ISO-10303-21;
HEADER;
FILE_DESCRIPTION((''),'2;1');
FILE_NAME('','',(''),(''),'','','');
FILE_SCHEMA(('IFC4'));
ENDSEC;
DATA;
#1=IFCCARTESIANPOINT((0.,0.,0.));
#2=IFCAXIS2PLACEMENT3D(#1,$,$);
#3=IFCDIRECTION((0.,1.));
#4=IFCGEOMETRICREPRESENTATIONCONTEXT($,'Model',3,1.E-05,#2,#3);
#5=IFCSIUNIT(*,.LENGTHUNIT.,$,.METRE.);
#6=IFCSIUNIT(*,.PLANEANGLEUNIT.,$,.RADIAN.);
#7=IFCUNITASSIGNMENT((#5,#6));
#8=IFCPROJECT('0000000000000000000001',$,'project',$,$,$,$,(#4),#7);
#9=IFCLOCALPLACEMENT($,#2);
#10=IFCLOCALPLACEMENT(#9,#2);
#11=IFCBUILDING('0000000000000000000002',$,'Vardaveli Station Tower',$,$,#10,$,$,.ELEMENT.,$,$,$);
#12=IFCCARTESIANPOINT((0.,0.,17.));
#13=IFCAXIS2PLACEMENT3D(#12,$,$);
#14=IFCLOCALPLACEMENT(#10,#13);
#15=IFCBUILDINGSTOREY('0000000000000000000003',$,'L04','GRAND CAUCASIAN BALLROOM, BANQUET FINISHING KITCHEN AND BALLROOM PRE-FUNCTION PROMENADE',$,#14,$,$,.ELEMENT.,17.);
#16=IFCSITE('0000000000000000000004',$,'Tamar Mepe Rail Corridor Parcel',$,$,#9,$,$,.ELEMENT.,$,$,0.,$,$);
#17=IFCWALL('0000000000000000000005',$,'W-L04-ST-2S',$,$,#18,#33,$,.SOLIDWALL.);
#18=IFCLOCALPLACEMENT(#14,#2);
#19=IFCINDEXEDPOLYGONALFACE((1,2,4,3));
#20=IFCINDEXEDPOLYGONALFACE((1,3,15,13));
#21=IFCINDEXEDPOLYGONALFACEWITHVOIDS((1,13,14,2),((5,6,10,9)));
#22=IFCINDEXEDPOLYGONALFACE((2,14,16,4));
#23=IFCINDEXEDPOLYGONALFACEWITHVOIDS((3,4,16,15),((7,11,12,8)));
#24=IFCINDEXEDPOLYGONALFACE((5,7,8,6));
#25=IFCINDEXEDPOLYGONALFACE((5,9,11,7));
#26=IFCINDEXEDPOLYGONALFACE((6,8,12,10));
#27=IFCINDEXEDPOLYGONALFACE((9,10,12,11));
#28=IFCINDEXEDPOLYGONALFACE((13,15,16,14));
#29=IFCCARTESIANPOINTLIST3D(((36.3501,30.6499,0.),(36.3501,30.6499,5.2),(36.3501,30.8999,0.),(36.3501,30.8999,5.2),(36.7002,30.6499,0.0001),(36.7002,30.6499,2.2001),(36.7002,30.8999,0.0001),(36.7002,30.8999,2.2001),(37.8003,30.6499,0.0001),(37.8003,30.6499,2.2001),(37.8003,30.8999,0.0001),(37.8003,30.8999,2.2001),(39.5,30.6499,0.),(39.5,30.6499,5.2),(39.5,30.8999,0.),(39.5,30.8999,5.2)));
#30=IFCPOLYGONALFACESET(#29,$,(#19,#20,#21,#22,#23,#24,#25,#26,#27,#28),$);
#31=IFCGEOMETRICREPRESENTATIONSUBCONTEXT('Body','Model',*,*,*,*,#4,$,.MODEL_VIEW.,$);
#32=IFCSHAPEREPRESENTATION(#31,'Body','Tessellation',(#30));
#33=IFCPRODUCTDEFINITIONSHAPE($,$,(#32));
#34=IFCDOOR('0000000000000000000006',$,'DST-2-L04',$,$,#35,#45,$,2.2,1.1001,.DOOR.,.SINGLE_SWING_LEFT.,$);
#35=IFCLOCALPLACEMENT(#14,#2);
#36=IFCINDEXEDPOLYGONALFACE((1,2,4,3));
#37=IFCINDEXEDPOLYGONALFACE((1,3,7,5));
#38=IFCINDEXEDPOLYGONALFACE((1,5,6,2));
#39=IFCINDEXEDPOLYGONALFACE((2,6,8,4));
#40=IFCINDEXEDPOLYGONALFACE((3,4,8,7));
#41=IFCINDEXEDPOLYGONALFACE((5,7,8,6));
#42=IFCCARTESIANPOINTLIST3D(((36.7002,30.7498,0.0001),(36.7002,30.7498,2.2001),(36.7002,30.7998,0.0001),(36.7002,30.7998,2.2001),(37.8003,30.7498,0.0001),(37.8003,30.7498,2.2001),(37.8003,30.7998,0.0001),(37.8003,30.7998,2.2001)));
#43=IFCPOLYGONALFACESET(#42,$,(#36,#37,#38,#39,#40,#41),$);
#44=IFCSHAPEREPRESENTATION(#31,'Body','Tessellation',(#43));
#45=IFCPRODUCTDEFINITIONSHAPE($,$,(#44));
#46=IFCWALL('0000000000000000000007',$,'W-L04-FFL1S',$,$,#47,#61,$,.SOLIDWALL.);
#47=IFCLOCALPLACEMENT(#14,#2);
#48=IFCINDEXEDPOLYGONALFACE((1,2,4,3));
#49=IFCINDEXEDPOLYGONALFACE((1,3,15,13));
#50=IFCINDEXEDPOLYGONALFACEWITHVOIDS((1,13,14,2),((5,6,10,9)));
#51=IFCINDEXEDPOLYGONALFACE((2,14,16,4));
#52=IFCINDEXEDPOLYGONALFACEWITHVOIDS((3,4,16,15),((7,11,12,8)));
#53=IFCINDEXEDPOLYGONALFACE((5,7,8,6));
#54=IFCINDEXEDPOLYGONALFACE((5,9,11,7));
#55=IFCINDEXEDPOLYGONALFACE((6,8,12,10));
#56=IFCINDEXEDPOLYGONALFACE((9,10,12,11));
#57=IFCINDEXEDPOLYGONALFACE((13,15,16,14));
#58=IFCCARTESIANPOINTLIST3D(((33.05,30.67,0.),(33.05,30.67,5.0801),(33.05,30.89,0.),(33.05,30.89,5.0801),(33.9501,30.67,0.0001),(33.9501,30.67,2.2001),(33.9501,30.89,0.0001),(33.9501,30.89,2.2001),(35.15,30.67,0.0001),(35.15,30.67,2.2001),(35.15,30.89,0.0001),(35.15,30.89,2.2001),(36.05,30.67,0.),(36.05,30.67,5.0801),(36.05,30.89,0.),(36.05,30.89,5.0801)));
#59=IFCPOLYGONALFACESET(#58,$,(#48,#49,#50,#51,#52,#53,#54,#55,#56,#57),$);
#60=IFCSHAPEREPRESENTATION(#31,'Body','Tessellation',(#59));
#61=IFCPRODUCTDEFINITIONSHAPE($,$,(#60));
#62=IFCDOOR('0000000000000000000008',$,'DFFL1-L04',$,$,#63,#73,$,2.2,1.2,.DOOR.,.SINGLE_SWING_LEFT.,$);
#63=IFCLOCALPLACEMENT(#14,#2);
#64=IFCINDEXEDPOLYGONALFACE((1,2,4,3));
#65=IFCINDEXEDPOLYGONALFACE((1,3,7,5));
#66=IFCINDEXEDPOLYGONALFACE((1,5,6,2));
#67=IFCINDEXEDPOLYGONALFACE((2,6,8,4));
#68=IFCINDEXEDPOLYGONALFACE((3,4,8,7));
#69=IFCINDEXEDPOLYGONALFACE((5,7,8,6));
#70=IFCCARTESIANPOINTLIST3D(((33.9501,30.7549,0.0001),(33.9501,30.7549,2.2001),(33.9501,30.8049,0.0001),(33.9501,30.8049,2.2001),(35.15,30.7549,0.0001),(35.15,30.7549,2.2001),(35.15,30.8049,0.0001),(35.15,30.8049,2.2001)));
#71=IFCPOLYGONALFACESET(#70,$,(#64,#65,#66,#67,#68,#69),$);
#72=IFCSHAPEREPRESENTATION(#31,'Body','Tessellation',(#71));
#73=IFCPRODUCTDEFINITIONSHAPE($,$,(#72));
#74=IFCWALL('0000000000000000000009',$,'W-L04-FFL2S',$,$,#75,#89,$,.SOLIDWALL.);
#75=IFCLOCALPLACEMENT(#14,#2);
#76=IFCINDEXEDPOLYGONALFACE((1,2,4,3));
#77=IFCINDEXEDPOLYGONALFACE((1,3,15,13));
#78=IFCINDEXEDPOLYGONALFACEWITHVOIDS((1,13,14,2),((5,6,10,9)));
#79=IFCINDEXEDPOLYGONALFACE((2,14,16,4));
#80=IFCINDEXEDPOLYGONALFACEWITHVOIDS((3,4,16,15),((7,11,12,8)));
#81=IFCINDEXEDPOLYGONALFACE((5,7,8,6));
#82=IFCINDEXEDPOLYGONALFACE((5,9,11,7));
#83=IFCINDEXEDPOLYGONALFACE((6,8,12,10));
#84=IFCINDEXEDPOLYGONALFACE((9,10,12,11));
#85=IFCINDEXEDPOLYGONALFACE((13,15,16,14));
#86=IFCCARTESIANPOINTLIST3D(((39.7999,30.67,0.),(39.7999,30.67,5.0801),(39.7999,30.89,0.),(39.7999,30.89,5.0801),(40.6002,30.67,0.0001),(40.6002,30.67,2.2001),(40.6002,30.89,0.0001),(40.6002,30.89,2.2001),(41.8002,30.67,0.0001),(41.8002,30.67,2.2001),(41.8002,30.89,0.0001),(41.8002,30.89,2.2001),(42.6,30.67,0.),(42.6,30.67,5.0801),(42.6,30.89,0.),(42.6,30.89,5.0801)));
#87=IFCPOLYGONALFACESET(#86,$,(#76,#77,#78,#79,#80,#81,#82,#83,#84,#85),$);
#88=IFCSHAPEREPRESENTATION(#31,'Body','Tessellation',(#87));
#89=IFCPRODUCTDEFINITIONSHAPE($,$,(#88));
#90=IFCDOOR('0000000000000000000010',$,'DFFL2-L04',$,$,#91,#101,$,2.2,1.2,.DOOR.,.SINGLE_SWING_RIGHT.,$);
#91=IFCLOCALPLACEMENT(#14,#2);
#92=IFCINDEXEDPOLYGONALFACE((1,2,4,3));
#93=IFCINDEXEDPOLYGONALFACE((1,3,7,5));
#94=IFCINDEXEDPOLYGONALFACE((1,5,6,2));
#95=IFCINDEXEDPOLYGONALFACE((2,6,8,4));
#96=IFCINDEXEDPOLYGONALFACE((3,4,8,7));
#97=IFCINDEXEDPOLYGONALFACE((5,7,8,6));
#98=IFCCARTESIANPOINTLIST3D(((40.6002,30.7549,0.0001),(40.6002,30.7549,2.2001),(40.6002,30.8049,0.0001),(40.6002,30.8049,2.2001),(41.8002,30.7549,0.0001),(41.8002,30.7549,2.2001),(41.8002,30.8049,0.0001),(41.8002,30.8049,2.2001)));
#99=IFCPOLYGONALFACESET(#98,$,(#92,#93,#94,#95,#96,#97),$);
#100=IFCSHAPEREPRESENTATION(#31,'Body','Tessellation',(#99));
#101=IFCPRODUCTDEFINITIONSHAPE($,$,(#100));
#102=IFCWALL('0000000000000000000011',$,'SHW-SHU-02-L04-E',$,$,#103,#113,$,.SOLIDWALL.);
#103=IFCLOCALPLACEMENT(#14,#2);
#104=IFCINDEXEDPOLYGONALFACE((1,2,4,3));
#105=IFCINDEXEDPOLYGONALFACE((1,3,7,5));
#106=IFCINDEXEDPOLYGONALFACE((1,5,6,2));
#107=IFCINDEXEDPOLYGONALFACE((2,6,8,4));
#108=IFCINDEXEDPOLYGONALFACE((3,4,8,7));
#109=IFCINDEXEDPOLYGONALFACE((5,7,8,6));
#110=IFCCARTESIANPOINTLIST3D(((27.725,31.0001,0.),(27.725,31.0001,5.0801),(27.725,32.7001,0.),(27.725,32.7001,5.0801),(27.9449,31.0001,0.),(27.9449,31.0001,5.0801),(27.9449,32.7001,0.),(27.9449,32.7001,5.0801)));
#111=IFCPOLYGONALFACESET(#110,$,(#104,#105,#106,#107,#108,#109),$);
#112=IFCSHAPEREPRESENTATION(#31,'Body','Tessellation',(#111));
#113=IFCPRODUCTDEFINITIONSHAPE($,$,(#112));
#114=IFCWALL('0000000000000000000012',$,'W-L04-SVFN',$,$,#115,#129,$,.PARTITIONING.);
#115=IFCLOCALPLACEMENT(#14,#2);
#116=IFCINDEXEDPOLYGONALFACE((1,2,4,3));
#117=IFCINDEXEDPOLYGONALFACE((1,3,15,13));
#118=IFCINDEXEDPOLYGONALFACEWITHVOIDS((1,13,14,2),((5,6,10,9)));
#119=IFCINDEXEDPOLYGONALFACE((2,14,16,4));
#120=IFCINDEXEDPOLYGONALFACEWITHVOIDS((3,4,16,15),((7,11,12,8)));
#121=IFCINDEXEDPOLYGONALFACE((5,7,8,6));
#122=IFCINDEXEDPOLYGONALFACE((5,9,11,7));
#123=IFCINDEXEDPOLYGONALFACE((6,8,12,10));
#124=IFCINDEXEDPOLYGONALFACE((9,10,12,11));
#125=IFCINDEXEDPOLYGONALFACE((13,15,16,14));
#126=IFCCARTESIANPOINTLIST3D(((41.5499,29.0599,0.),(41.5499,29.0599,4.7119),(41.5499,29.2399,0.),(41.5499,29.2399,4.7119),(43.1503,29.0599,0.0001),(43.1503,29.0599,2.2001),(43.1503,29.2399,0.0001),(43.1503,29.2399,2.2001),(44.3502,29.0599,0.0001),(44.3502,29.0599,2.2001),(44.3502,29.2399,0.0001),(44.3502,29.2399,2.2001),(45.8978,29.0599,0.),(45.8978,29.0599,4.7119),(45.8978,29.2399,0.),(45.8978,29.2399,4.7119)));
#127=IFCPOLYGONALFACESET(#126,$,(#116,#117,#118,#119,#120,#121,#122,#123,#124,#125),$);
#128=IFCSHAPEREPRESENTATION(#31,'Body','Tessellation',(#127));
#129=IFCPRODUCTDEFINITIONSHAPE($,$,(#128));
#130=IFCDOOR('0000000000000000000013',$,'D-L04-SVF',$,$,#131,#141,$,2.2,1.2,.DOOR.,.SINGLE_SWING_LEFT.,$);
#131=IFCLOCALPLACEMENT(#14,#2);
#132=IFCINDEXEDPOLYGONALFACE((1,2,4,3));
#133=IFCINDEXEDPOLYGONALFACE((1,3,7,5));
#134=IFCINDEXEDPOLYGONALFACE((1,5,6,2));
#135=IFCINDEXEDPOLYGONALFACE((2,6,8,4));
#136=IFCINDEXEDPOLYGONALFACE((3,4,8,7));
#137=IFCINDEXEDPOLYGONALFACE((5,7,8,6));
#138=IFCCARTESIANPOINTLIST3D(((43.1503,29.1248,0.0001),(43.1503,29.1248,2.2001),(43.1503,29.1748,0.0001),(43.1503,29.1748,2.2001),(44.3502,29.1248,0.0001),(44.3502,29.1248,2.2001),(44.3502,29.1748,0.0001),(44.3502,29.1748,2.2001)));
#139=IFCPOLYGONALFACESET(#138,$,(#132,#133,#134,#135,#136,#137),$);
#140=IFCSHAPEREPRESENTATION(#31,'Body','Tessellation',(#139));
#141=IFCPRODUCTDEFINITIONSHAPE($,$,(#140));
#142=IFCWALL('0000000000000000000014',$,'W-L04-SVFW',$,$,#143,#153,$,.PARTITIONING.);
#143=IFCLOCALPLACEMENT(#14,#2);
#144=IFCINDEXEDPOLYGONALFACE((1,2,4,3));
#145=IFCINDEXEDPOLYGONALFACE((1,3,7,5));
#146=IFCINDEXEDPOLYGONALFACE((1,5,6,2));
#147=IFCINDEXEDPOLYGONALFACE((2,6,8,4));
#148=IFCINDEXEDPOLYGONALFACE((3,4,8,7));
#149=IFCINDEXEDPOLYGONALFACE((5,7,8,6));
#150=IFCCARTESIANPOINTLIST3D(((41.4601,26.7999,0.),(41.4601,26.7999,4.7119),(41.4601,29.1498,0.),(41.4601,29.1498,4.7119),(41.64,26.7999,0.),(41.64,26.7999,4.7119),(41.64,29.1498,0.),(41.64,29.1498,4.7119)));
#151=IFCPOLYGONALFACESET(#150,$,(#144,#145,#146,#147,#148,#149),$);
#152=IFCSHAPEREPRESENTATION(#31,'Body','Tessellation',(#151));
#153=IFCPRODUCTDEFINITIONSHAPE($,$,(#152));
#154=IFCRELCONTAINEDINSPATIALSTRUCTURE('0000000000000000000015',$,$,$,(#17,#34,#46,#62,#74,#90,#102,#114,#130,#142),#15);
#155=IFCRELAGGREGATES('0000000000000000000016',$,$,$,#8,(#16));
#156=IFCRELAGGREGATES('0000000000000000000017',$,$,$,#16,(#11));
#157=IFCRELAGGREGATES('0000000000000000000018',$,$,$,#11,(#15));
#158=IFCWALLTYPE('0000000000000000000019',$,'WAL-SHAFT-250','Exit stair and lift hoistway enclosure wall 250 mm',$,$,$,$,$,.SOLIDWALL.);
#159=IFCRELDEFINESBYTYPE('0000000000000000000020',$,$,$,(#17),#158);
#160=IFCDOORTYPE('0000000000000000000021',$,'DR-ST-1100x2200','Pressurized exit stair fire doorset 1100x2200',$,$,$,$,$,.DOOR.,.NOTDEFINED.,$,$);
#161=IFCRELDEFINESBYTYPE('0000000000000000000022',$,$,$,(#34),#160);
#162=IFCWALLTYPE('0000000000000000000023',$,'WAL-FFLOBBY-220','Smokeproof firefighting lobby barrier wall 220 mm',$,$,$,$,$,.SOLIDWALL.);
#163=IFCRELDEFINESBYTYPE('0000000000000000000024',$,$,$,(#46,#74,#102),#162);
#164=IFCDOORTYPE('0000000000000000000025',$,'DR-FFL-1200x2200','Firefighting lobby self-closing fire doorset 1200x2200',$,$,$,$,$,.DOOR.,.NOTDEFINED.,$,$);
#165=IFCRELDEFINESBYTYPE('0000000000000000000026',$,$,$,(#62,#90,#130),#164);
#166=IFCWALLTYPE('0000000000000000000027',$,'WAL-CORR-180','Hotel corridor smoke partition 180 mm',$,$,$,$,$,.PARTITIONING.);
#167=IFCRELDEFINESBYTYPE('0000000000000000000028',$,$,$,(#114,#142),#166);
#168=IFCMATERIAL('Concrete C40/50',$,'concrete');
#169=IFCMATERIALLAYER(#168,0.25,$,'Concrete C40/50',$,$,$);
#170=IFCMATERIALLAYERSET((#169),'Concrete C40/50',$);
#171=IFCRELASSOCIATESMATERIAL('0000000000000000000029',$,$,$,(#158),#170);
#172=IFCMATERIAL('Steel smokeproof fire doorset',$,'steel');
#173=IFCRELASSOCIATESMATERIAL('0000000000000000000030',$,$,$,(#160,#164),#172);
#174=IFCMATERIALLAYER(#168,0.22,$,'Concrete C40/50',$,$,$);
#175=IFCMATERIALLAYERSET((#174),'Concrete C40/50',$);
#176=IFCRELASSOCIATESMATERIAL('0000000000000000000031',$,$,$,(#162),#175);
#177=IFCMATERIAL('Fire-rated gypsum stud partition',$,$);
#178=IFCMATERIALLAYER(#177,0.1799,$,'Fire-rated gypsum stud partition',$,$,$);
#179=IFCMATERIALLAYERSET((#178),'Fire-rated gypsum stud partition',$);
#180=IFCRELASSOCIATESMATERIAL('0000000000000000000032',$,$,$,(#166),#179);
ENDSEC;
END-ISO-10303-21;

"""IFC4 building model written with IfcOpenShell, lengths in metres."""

from ifc_helpers import new_model, si_unit, direction, frame, frame_2d, origin, place, context, subcontext, project, spatial, rectangle, extrude, source, transform, mapped, material, layer, layer_set, type_object, element, fill, save


model = new_model("IFC4")

# Units and contexts
model_context = context("Model", 3, precision=1e-05, world=origin(), true_north=direction((0.0, 1.0)))
body_context = subcontext(model_context, "Body", "Model", "MODEL_VIEW")
ifc_project = project(units=[si_unit("LENGTHUNIT", "METRE"), si_unit("PLANEANGLEUNIT", "RADIAN")], contexts=[model_context])

# Site, building, storey
site_placement = place(None, origin())
site = spatial("IfcSite", under=ifc_project, at=site_placement, Name="Tamar Mepe Rail Corridor Parcel", CompositionType="ELEMENT", RefElevation=0.0)
building_placement = place(site_placement, origin())
building = spatial("IfcBuilding", under=site, at=building_placement, Name="Vardaveli Station Tower", CompositionType="ELEMENT")
storey_placement = place(building_placement, frame((0.0, 0.0, 17.0)))
storey = spatial("IfcBuildingStorey", under=building, at=storey_placement, Name="L04", Description="GRAND CAUCASIAN BALLROOM, BANQUET FINISHING KITCHEN AND BALLROOM PRE-FUNCTION PROMENADE", CompositionType="ELEMENT", Elevation=17.0)

# Shared definitions
ifc_material_1 = material(Name="Concrete C40/50", Category="concrete")
ifc_layer_1 = layer(ifc_material_1, 0.25, Name="Concrete C40/50")
ifc_layer_set_1 = layer_set([ifc_layer_1], Name="Concrete C40/50")
wall_type_1 = type_object("IfcWallType", Name="WAL-SHAFT-250", Description="Exit stair and lift hoistway enclosure wall 250 mm", PredefinedType="SOLIDWALL", material=ifc_layer_set_1)

# Walls, openings, doors
shared_shape_1 = source(origin(), body_context, "Body", "SweptSolid", [
    extrude(rectangle(XDim=3.1499, YDim=0.25, at=frame_2d((1.575, 0.0))), origin(), (0.0, 0.0, 1.0), 5.2),
])
shared_shape_2 = source(origin(), body_context, "Body", "SweptSolid", [
    extrude(rectangle(XDim=1.1001, YDim=2.2, at=frame_2d((0.55, 1.1001))), frame((0.0, 0.135, 0.0), z_axis=(0.0, -1.0, 0.0), x_axis=(1.0, 0.0, 0.0)), (0.0, 0.0, 1.0), 0.27),
])
ifc_material_2 = material(Name="Steel smokeproof fire doorset", Category="steel")
door_type_1 = type_object("IfcDoorType", Name="DR-ST-1100x2200", Description="Pressurized exit stair fire doorset 1100x2200", OperationType="NOTDEFINED", PredefinedType="DOOR", material=ifc_material_2)
shared_shape_3 = source(origin(), body_context, "Body", "SweptSolid", [
    extrude(rectangle(XDim=1.1001, YDim=2.2, at=frame_2d((0.55, 1.1001))), frame((0.0, 0.0249, 0.0), z_axis=(0.0, -1.0, 0.0), x_axis=(1.0, 0.0, 0.0)), (0.0, 0.0, 1.0), 0.05),
])
wall_1_placement = place(storey_placement, frame((36.3501, 30.7749, 0.0), z_axis=(0.0, 0.0, 1.0), x_axis=(1.0, 0.0, 0.0)))
wall_1 = element("IfcWall", 1, at=wall_1_placement, inside=storey, type_object=wall_type_1, Name="W-L04-ST-2S", PredefinedType="SOLIDWALL", context=body_context, shape_type="MappedRepresentation", body=[
    mapped(shared_shape_1, transform((0.0, 0.0, 0.0), scale=1.0)),
])
opening_1_placement = place(wall_1_placement, frame((0.3501, 0.0, 0.0)))
opening_1 = element("IfcOpeningElement", 2, at=opening_1_placement, cuts=wall_1, PredefinedType="OPENING", context=body_context, shape_type="MappedRepresentation", body=[
    mapped(shared_shape_2, transform((0.0, 0.0, 0.0), scale=1.0)),
])
door_1_placement = place(opening_1_placement, origin())
door_1 = element("IfcDoor", 3, at=door_1_placement, inside=storey, type_object=door_type_1, Name="DST-2-L04", OperationType="SINGLE_SWING_LEFT", OverallHeight=2.2, OverallWidth=1.1001, PredefinedType="DOOR", context=body_context, shape_type="MappedRepresentation", body=[
    mapped(shared_shape_3, transform((0.0, 0.0, 0.0), scale=1.0)),
])
fill(opening_1, door_1)
ifc_layer_2 = layer(ifc_material_1, 0.22, Name="Concrete C40/50")
ifc_layer_set_2 = layer_set([ifc_layer_2], Name="Concrete C40/50")
wall_type_2 = type_object("IfcWallType", Name="WAL-FFLOBBY-220", Description="Smokeproof firefighting lobby barrier wall 220 mm", PredefinedType="SOLIDWALL", material=ifc_layer_set_2)
shared_shape_4 = source(origin(), body_context, "Body", "SweptSolid", [
    extrude(rectangle(XDim=3.0, YDim=0.22, at=frame_2d((1.5, 0.0))), origin(), (0.0, 0.0, 1.0), 5.0801),
])
wall_2_placement = place(storey_placement, frame((33.05, 30.78, 0.0), z_axis=(0.0, 0.0, 1.0), x_axis=(1.0, 0.0, 0.0)))
wall_2 = element("IfcWall", 4, at=wall_2_placement, inside=storey, type_object=wall_type_2, Name="W-L04-FFL1S", PredefinedType="SOLIDWALL", context=body_context, shape_type="MappedRepresentation", body=[
    mapped(shared_shape_4, transform((0.0, 0.0, 0.0), scale=1.0)),
])
shared_shape_5 = source(origin(), body_context, "Body", "SweptSolid", [
    extrude(rectangle(XDim=1.2, YDim=2.2, at=frame_2d((0.6001, 1.1001))), frame((0.0, 0.1201, 0.0), z_axis=(0.0, -1.0, 0.0), x_axis=(1.0, 0.0, 0.0)), (0.0, 0.0, 1.0), 0.24),
])
opening_2_placement = place(wall_2_placement, frame((0.8999, 0.0, 0.0)))
opening_2 = element("IfcOpeningElement", 5, at=opening_2_placement, cuts=wall_2, PredefinedType="OPENING", context=body_context, shape_type="MappedRepresentation", body=[
    mapped(shared_shape_5, transform((0.0, 0.0, 0.0), scale=1.0)),
])
door_type_2 = type_object("IfcDoorType", Name="DR-FFL-1200x2200", Description="Firefighting lobby self-closing fire doorset 1200x2200", OperationType="NOTDEFINED", PredefinedType="DOOR", material=ifc_material_2)
shared_shape_6 = source(origin(), body_context, "Body", "SweptSolid", [
    extrude(rectangle(XDim=1.2, YDim=2.2, at=frame_2d((0.6001, 1.1001))), frame((0.0, 0.0249, 0.0), z_axis=(0.0, -1.0, 0.0), x_axis=(1.0, 0.0, 0.0)), (0.0, 0.0, 1.0), 0.05),
])
door_2_placement = place(opening_2_placement, origin())
door_2 = element("IfcDoor", 6, at=door_2_placement, inside=storey, type_object=door_type_2, Name="DFFL1-L04", OperationType="SINGLE_SWING_LEFT", OverallHeight=2.2, OverallWidth=1.2, PredefinedType="DOOR", context=body_context, shape_type="MappedRepresentation", body=[
    mapped(shared_shape_6, transform((0.0, 0.0, 0.0), scale=1.0)),
])
fill(opening_2, door_2)
shared_shape_7 = source(origin(), body_context, "Body", "SweptSolid", [
    extrude(rectangle(XDim=2.8, YDim=0.22, at=frame_2d((1.3999, 0.0))), origin(), (0.0, 0.0, 1.0), 5.0801),
])
wall_3_placement = place(storey_placement, frame((39.8, 30.78, 0.0), z_axis=(0.0, 0.0, 1.0), x_axis=(1.0, 0.0, 0.0)))
wall_3 = element("IfcWall", 7, at=wall_3_placement, inside=storey, type_object=wall_type_2, Name="W-L04-FFL2S", PredefinedType="SOLIDWALL", context=body_context, shape_type="MappedRepresentation", body=[
    mapped(shared_shape_7, transform((0.0, 0.0, 0.0), scale=1.0)),
])
opening_3_placement = place(wall_3_placement, frame((0.8, 0.0, 0.0)))
opening_3 = element("IfcOpeningElement", 8, at=opening_3_placement, cuts=wall_3, PredefinedType="OPENING", context=body_context, shape_type="MappedRepresentation", body=[
    mapped(shared_shape_5, transform((0.0, 0.0, 0.0), scale=1.0)),
])
door_3_placement = place(opening_3_placement, origin())
door_3 = element("IfcDoor", 9, at=door_3_placement, inside=storey, type_object=door_type_2, Name="DFFL2-L04", OperationType="SINGLE_SWING_RIGHT", OverallHeight=2.2, OverallWidth=1.2, PredefinedType="DOOR", context=body_context, shape_type="MappedRepresentation", body=[
    mapped(shared_shape_6, transform((0.0, 0.0, 0.0), scale=1.0)),
])
fill(opening_3, door_3)

# Wall
shared_shape_8 = source(origin(), body_context, "Body", "SweptSolid", [
    extrude(rectangle(XDim=1.7, YDim=0.22, at=frame_2d((0.8501, 0.0))), origin(), (0.0, 0.0, 1.0), 5.0801),
])
wall_4_placement = place(storey_placement, frame((27.835, 31.0, 0.0), z_axis=(0.0, 0.0, 1.0), x_axis=(0.0, 1.0, 0.0)))
element("IfcWall", 10, at=wall_4_placement, inside=storey, type_object=wall_type_2, Name="SHW-SHU-02-L04-E", PredefinedType="SOLIDWALL", context=body_context, shape_type="MappedRepresentation", body=[
    mapped(shared_shape_8, transform((0.0, 0.0, 0.0), scale=1.0)),
])

# Wall, opening, door
ifc_material_3 = material(Name="Fire-rated gypsum stud partition")
ifc_layer_3 = layer(ifc_material_3, 0.1799, Name="Fire-rated gypsum stud partition")
ifc_layer_set_3 = layer_set([ifc_layer_3], Name="Fire-rated gypsum stud partition")
wall_type_3 = type_object("IfcWallType", Name="WAL-CORR-180", Description="Hotel corridor smoke partition 180 mm", PredefinedType="PARTITIONING", material=ifc_layer_set_3)
shared_shape_9 = source(origin(), body_context, "Body", "SweptSolid", [
    extrude(rectangle(XDim=4.3479, YDim=0.1799, at=frame_2d((2.1738, 0.0))), origin(), (0.0, 0.0, 1.0), 4.7119),
])
wall_5_placement = place(storey_placement, frame((41.55, 29.1499, 0.0), z_axis=(0.0, 0.0, 1.0), x_axis=(1.0, 0.0, 0.0)))
wall_5 = element("IfcWall", 11, at=wall_5_placement, inside=storey, type_object=wall_type_3, Name="W-L04-SVFN", PredefinedType="PARTITIONING", context=body_context, shape_type="MappedRepresentation", body=[
    mapped(shared_shape_9, transform((0.0, 0.0, 0.0), scale=1.0)),
])
shared_shape_10 = source(origin(), body_context, "Body", "SweptSolid", [
    extrude(rectangle(XDim=1.2, YDim=2.2, at=frame_2d((0.6001, 1.1001))), frame((0.0, 0.1001, 0.0), z_axis=(0.0, -1.0, 0.0), x_axis=(1.0, 0.0, 0.0)), (0.0, 0.0, 1.0), 0.2),
])
opening_4_placement = place(wall_5_placement, frame((1.6001, 0.0, 0.0)))
opening_4 = element("IfcOpeningElement", 12, at=opening_4_placement, cuts=wall_5, PredefinedType="OPENING", context=body_context, shape_type="MappedRepresentation", body=[
    mapped(shared_shape_10, transform((0.0, 0.0, 0.0), scale=1.0)),
])
door_4_placement = place(opening_4_placement, origin())
door_4 = element("IfcDoor", 13, at=door_4_placement, inside=storey, type_object=door_type_2, Name="D-L04-SVF", OperationType="SINGLE_SWING_LEFT", OverallHeight=2.2, OverallWidth=1.2, PredefinedType="DOOR", context=body_context, shape_type="MappedRepresentation", body=[
    mapped(shared_shape_6, transform((0.0, 0.0, 0.0), scale=1.0)),
])
fill(opening_4, door_4)

# Wall
shared_shape_11 = source(origin(), body_context, "Body", "SweptSolid", [
    extrude(rectangle(XDim=2.3499, YDim=0.1799, at=frame_2d((1.1748, 0.0))), origin(), (0.0, 0.0, 1.0), 4.7119),
])
wall_6_placement = place(storey_placement, frame((41.55, 26.8, 0.0), z_axis=(0.0, 0.0, 1.0), x_axis=(0.0, 1.0, 0.0)))
element("IfcWall", 14, at=wall_6_placement, inside=storey, type_object=wall_type_3, Name="W-L04-SVFW", PredefinedType="PARTITIONING", context=body_context, shape_type="MappedRepresentation", body=[
    mapped(shared_shape_11, transform((0.0, 0.0, 0.0), scale=1.0)),
])

save(model, "model.ifc")
